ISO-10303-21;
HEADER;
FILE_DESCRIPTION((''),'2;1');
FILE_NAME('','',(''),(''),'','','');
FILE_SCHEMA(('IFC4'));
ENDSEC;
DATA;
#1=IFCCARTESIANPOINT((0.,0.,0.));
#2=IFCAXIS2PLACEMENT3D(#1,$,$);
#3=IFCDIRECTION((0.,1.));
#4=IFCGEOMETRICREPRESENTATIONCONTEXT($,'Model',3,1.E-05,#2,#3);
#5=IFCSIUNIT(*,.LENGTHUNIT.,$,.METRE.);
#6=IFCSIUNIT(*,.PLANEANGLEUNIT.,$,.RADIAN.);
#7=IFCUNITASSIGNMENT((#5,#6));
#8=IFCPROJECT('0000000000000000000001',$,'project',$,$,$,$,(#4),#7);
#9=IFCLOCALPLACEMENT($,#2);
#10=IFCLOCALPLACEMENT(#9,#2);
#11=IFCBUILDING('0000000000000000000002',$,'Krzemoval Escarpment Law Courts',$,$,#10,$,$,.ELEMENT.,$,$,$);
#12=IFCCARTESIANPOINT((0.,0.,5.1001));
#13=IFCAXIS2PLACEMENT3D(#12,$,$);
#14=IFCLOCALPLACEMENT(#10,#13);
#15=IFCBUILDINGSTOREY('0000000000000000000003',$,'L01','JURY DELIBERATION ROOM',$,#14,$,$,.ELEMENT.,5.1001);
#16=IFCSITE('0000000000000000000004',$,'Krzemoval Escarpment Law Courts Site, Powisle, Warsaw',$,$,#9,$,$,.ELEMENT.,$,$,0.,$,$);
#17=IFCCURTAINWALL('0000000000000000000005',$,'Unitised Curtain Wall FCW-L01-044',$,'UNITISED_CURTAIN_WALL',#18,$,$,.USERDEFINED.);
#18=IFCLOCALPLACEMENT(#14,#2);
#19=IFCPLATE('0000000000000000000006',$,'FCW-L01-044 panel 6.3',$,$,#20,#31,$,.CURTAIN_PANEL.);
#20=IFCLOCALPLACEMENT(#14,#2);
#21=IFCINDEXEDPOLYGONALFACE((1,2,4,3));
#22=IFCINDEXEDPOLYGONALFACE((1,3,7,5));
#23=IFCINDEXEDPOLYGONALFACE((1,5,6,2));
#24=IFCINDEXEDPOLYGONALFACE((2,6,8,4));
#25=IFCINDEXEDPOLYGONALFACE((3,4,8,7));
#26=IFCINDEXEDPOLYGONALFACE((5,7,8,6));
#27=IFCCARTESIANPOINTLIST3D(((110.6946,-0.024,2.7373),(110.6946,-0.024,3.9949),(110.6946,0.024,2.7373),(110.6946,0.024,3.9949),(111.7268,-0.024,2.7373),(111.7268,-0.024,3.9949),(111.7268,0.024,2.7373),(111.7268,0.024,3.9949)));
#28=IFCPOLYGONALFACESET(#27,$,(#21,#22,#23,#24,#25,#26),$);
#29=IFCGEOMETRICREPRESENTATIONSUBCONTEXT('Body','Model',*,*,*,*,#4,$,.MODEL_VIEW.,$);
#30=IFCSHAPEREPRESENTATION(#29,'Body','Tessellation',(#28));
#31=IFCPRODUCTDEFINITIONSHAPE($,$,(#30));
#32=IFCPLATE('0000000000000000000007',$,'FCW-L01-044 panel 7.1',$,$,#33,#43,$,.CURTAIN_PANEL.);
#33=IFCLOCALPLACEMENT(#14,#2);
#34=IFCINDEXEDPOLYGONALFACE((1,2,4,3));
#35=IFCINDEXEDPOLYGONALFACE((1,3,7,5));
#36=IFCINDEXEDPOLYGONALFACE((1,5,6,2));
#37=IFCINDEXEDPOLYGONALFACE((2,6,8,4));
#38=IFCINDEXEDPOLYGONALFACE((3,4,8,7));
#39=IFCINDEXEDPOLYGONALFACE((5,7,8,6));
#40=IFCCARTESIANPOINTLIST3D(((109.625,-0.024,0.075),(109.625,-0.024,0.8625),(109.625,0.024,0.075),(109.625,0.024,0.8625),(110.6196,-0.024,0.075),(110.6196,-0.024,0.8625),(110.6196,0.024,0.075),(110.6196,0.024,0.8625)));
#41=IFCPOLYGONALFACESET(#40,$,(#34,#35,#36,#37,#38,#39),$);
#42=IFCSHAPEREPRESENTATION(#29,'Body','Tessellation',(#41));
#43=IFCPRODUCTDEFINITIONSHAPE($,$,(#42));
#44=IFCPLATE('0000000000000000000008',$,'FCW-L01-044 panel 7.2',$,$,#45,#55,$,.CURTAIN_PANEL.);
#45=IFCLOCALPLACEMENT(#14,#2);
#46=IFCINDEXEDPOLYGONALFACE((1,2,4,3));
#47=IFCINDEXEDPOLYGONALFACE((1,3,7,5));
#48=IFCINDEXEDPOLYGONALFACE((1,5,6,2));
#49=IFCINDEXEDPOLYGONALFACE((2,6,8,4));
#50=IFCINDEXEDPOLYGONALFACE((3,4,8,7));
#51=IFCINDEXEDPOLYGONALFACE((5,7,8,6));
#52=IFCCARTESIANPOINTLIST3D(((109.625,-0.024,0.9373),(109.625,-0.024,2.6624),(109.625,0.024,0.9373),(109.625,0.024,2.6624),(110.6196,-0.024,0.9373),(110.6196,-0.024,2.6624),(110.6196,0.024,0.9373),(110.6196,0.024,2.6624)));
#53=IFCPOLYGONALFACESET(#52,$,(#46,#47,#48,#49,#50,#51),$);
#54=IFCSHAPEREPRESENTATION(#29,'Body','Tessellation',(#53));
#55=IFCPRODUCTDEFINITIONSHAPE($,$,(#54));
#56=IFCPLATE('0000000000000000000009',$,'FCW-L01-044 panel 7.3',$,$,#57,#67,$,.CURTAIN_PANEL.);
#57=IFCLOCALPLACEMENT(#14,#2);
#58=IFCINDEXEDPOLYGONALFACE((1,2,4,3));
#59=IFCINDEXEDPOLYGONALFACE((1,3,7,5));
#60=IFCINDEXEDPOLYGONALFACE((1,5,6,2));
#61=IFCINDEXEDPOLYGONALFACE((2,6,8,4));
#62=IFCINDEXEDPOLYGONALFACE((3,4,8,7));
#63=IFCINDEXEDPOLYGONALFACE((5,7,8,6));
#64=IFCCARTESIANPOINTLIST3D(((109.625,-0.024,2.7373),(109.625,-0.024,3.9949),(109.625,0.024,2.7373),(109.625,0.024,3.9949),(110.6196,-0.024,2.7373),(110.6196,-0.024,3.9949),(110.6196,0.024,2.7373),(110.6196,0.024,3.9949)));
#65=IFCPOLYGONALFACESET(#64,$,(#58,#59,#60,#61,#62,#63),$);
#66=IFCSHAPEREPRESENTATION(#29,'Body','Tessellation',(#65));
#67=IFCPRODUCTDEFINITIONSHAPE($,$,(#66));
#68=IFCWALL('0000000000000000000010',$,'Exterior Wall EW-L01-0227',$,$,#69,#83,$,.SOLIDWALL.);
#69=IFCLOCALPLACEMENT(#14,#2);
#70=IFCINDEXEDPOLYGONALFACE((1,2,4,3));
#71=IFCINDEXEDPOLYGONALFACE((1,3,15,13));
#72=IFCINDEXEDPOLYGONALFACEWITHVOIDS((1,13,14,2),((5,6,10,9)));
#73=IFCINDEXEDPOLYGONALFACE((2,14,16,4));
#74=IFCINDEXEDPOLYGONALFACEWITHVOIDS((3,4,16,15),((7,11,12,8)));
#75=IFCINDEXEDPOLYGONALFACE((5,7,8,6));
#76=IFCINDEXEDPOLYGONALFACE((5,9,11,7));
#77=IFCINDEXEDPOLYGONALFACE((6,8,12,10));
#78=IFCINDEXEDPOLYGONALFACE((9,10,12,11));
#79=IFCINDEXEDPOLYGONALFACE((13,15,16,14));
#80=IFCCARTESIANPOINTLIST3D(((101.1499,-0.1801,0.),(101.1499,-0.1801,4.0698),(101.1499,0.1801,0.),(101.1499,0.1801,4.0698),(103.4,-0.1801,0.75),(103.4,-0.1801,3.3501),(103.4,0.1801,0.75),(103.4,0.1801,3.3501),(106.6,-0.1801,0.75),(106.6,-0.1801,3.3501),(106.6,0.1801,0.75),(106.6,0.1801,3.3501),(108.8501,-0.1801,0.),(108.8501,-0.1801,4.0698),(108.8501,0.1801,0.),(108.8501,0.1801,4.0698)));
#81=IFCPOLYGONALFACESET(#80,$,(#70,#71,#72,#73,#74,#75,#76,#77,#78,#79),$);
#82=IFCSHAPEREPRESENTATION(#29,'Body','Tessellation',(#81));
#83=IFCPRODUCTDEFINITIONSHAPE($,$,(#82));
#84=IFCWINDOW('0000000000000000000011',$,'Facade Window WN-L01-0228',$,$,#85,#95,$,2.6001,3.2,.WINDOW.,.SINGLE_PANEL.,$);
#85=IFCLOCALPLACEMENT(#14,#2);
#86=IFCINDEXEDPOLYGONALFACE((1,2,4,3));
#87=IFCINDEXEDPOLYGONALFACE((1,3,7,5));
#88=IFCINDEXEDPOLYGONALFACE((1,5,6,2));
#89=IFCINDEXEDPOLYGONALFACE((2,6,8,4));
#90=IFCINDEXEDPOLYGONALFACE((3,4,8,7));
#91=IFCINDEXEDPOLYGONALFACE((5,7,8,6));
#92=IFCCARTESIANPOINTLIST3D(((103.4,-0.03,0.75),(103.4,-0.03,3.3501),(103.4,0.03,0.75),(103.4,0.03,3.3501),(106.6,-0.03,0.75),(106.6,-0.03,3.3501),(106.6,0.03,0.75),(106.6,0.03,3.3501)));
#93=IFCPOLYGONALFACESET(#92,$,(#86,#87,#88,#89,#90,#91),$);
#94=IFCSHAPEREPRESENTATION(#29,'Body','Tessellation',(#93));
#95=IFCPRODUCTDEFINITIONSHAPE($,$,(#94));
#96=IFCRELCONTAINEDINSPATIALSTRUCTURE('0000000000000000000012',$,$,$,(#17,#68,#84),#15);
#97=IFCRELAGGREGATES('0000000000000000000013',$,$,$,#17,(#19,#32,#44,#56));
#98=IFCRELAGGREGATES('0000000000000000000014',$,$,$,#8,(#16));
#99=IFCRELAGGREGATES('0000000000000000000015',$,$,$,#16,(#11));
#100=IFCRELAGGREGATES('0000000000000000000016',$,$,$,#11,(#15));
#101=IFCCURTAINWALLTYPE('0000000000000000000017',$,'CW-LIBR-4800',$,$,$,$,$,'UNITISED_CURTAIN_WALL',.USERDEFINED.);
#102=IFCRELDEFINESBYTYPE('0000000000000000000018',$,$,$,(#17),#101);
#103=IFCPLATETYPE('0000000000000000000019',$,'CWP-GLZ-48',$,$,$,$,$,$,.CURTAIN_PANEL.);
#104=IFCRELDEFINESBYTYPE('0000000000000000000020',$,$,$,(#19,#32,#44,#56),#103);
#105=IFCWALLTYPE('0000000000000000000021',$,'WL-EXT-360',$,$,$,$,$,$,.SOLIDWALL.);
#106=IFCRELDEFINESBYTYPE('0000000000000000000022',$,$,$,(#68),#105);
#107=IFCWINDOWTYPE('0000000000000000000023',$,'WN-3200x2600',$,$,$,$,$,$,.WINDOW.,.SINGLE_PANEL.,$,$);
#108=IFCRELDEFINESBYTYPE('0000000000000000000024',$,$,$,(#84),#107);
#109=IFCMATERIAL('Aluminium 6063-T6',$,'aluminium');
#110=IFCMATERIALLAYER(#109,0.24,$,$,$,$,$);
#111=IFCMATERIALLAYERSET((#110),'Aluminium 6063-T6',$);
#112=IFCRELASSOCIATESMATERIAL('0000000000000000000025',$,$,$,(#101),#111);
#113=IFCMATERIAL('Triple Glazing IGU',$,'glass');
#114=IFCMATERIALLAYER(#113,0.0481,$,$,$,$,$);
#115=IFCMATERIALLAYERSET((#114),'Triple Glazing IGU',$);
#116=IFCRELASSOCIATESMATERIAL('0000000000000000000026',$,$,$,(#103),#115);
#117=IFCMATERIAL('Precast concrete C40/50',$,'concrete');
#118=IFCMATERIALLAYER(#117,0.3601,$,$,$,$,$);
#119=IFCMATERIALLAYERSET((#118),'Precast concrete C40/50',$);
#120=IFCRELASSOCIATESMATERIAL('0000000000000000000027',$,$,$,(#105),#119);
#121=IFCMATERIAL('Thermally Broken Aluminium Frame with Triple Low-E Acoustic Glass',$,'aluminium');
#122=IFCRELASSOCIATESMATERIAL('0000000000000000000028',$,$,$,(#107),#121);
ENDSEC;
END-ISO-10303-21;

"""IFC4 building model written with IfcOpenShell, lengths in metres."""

from ifc_helpers import new_model, si_unit, direction, frame, frame_2d, origin, origin_2d, place, context, subcontext, project, spatial, rectangle, extrude, material, layer, layer_set, type_object, element, fill, aggregate, save


model = new_model("IFC4")

# Units and contexts
model_context = context("Model", 3, precision=1e-05, world=origin(), true_north=direction((0.0, 1.0)))
body_context = subcontext(model_context, "Body", "Model", "MODEL_VIEW")
ifc_project = project(units=[si_unit("LENGTHUNIT", "METRE"), si_unit("PLANEANGLEUNIT", "RADIAN")], contexts=[model_context])

# Site, building, storey
site_placement = place(None, origin())
site = spatial("IfcSite", under=ifc_project, at=site_placement, Name="Krzemoval Escarpment Law Courts Site, Powisle, Warsaw", CompositionType="ELEMENT", RefElevation=0.0)
building_placement = place(site_placement, origin())
building = spatial("IfcBuilding", under=site, at=building_placement, Name="Krzemoval Escarpment Law Courts", CompositionType="ELEMENT")
storey_placement = place(building_placement, frame((0.0, 0.0, 5.1001)))
storey = spatial("IfcBuildingStorey", under=building, at=storey_placement, Name="L01", Description="JURY DELIBERATION ROOM", CompositionType="ELEMENT", Elevation=5.1001)

# Curtain wall
ifc_material_1 = material(Name="Aluminium 6063-T6", Category="aluminium")
ifc_layer_1 = layer(ifc_material_1, 0.24)
ifc_layer_set_1 = layer_set([ifc_layer_1], Name="Aluminium 6063-T6")
curtain_wall_type = type_object("IfcCurtainWallType", Name="CW-LIBR-4800", ElementType="UNITISED_CURTAIN_WALL", PredefinedType="USERDEFINED", material=ifc_layer_set_1)
curtain_wall_placement = place(storey_placement, origin())
curtain_wall = element("IfcCurtainWall", 1, at=curtain_wall_placement, inside=storey, type_object=curtain_wall_type, Name="Unitised Curtain Wall FCW-L01-044", ObjectType="UNITISED_CURTAIN_WALL", PredefinedType="USERDEFINED")

# Plates
ifc_material_2 = material(Name="Triple Glazing IGU", Category="glass")
ifc_layer_2 = layer(ifc_material_2, 0.0481)
ifc_layer_set_2 = layer_set([ifc_layer_2], Name="Triple Glazing IGU")
plate_type = type_object("IfcPlateType", Name="CWP-GLZ-48", PredefinedType="CURTAIN_PANEL", material=ifc_layer_set_2)
plate_1_placement = place(storey_placement, frame((111.2107, 0.0, 2.7373), z_axis=(0.0, 0.0, 1.0), x_axis=(-1.0, 0.0, 0.0)))
plate_1 = element("IfcPlate", 2, at=plate_1_placement, type_object=plate_type, Name="FCW-L01-044 panel 6.3", PredefinedType="CURTAIN_PANEL", context=body_context, shape_type="SweptSolid", body=[
    extrude(rectangle(XDim=1.0322, YDim=0.0481, at=origin_2d()), origin(), (0.0, 0.0, 1.0), 1.2576),
])
plate_2_placement = place(storey_placement, frame((110.1223, 0.0, 0.075), z_axis=(0.0, 0.0, 1.0), x_axis=(-1.0, 0.0, 0.0)))
plate_2 = element("IfcPlate", 3, at=plate_2_placement, type_object=plate_type, Name="FCW-L01-044 panel 7.1", PredefinedType="CURTAIN_PANEL", context=body_context, shape_type="SweptSolid", body=[
    extrude(rectangle(XDim=0.9946, YDim=0.0481, at=origin_2d()), origin(), (0.0, 0.0, 1.0), 0.7876),
])
plate_3_placement = place(storey_placement, frame((110.1223, 0.0, 0.9373), z_axis=(0.0, 0.0, 1.0), x_axis=(-1.0, 0.0, 0.0)))
plate_3 = element("IfcPlate", 4, at=plate_3_placement, type_object=plate_type, Name="FCW-L01-044 panel 7.2", PredefinedType="CURTAIN_PANEL", context=body_context, shape_type="SweptSolid", body=[
    extrude(rectangle(XDim=0.9946, YDim=0.0481, at=origin_2d()), origin(), (0.0, 0.0, 1.0), 1.7251),
])
plate_4_placement = place(storey_placement, frame((110.1223, 0.0, 2.7373), z_axis=(0.0, 0.0, 1.0), x_axis=(-1.0, 0.0, 0.0)))
plate_4 = element("IfcPlate", 5, at=plate_4_placement, type_object=plate_type, Name="FCW-L01-044 panel 7.3", PredefinedType="CURTAIN_PANEL", context=body_context, shape_type="SweptSolid", body=[
    extrude(rectangle(XDim=0.9946, YDim=0.0481, at=origin_2d()), origin(), (0.0, 0.0, 1.0), 1.2576),
])
aggregate(curtain_wall, [plate_1, plate_2, plate_3, plate_4])

# Wall, opening, window
ifc_material_3 = material(Name="Precast concrete C40/50", Category="concrete")
ifc_layer_3 = layer(ifc_material_3, 0.3601)
ifc_layer_set_3 = layer_set([ifc_layer_3], Name="Precast concrete C40/50")
wall_type = type_object("IfcWallType", Name="WL-EXT-360", PredefinedType="SOLIDWALL", material=ifc_layer_set_3)
wall_placement = place(storey_placement, frame((108.8501, 0.0, 0.0), z_axis=(0.0, 0.0, 1.0), x_axis=(-1.0, 0.0, 0.0)))
wall = element("IfcWall", 6, at=wall_placement, inside=storey, type_object=wall_type, Name="Exterior Wall EW-L01-0227", PredefinedType="SOLIDWALL", context=body_context, shape_type="SweptSolid", body=[
    extrude(rectangle(XDim=7.7002, YDim=0.3601, at=frame_2d((3.8501, 0.0))), origin(), (0.0, 0.0, 1.0), 4.0698),
])
opening_placement = place(wall_placement, frame((2.25, 0.0, 0.75)))
opening = element("IfcOpeningElement", 7, at=opening_placement, cuts=wall, PredefinedType="OPENING", context=body_context, shape_type="SweptSolid", body=[
    extrude(rectangle(XDim=3.2, YDim=2.6001, at=frame_2d((1.6001, 1.3))), frame((0.0, 0.1951, 0.0), z_axis=(0.0, -1.0, 0.0), x_axis=(1.0, 0.0, 0.0)), (0.0, 0.0, 1.0), 0.3901),
])
ifc_material_4 = material(Name="Thermally Broken Aluminium Frame with Triple Low-E Acoustic Glass", Category="aluminium")
window_type = type_object("IfcWindowType", Name="WN-3200x2600", PartitioningType="SINGLE_PANEL", PredefinedType="WINDOW", material=ifc_material_4)
window_placement = place(opening_placement, origin())
window = element("IfcWindow", 8, at=window_placement, inside=storey, type_object=window_type, Name="Facade Window WN-L01-0228", OverallHeight=2.6001, OverallWidth=3.2, PartitioningType="SINGLE_PANEL", PredefinedType="WINDOW", context=body_context, shape_type="SweptSolid", body=[
    extrude(rectangle(XDim=3.2, YDim=2.6001, at=frame_2d((1.6001, 1.3))), frame((0.0, 0.03, 0.0), z_axis=(0.0, -1.0, 0.0), x_axis=(1.0, 0.0, 0.0)), (0.0, 0.0, 1.0), 0.0601),
])
fill(opening, window)

save(model, "model.ifc")
